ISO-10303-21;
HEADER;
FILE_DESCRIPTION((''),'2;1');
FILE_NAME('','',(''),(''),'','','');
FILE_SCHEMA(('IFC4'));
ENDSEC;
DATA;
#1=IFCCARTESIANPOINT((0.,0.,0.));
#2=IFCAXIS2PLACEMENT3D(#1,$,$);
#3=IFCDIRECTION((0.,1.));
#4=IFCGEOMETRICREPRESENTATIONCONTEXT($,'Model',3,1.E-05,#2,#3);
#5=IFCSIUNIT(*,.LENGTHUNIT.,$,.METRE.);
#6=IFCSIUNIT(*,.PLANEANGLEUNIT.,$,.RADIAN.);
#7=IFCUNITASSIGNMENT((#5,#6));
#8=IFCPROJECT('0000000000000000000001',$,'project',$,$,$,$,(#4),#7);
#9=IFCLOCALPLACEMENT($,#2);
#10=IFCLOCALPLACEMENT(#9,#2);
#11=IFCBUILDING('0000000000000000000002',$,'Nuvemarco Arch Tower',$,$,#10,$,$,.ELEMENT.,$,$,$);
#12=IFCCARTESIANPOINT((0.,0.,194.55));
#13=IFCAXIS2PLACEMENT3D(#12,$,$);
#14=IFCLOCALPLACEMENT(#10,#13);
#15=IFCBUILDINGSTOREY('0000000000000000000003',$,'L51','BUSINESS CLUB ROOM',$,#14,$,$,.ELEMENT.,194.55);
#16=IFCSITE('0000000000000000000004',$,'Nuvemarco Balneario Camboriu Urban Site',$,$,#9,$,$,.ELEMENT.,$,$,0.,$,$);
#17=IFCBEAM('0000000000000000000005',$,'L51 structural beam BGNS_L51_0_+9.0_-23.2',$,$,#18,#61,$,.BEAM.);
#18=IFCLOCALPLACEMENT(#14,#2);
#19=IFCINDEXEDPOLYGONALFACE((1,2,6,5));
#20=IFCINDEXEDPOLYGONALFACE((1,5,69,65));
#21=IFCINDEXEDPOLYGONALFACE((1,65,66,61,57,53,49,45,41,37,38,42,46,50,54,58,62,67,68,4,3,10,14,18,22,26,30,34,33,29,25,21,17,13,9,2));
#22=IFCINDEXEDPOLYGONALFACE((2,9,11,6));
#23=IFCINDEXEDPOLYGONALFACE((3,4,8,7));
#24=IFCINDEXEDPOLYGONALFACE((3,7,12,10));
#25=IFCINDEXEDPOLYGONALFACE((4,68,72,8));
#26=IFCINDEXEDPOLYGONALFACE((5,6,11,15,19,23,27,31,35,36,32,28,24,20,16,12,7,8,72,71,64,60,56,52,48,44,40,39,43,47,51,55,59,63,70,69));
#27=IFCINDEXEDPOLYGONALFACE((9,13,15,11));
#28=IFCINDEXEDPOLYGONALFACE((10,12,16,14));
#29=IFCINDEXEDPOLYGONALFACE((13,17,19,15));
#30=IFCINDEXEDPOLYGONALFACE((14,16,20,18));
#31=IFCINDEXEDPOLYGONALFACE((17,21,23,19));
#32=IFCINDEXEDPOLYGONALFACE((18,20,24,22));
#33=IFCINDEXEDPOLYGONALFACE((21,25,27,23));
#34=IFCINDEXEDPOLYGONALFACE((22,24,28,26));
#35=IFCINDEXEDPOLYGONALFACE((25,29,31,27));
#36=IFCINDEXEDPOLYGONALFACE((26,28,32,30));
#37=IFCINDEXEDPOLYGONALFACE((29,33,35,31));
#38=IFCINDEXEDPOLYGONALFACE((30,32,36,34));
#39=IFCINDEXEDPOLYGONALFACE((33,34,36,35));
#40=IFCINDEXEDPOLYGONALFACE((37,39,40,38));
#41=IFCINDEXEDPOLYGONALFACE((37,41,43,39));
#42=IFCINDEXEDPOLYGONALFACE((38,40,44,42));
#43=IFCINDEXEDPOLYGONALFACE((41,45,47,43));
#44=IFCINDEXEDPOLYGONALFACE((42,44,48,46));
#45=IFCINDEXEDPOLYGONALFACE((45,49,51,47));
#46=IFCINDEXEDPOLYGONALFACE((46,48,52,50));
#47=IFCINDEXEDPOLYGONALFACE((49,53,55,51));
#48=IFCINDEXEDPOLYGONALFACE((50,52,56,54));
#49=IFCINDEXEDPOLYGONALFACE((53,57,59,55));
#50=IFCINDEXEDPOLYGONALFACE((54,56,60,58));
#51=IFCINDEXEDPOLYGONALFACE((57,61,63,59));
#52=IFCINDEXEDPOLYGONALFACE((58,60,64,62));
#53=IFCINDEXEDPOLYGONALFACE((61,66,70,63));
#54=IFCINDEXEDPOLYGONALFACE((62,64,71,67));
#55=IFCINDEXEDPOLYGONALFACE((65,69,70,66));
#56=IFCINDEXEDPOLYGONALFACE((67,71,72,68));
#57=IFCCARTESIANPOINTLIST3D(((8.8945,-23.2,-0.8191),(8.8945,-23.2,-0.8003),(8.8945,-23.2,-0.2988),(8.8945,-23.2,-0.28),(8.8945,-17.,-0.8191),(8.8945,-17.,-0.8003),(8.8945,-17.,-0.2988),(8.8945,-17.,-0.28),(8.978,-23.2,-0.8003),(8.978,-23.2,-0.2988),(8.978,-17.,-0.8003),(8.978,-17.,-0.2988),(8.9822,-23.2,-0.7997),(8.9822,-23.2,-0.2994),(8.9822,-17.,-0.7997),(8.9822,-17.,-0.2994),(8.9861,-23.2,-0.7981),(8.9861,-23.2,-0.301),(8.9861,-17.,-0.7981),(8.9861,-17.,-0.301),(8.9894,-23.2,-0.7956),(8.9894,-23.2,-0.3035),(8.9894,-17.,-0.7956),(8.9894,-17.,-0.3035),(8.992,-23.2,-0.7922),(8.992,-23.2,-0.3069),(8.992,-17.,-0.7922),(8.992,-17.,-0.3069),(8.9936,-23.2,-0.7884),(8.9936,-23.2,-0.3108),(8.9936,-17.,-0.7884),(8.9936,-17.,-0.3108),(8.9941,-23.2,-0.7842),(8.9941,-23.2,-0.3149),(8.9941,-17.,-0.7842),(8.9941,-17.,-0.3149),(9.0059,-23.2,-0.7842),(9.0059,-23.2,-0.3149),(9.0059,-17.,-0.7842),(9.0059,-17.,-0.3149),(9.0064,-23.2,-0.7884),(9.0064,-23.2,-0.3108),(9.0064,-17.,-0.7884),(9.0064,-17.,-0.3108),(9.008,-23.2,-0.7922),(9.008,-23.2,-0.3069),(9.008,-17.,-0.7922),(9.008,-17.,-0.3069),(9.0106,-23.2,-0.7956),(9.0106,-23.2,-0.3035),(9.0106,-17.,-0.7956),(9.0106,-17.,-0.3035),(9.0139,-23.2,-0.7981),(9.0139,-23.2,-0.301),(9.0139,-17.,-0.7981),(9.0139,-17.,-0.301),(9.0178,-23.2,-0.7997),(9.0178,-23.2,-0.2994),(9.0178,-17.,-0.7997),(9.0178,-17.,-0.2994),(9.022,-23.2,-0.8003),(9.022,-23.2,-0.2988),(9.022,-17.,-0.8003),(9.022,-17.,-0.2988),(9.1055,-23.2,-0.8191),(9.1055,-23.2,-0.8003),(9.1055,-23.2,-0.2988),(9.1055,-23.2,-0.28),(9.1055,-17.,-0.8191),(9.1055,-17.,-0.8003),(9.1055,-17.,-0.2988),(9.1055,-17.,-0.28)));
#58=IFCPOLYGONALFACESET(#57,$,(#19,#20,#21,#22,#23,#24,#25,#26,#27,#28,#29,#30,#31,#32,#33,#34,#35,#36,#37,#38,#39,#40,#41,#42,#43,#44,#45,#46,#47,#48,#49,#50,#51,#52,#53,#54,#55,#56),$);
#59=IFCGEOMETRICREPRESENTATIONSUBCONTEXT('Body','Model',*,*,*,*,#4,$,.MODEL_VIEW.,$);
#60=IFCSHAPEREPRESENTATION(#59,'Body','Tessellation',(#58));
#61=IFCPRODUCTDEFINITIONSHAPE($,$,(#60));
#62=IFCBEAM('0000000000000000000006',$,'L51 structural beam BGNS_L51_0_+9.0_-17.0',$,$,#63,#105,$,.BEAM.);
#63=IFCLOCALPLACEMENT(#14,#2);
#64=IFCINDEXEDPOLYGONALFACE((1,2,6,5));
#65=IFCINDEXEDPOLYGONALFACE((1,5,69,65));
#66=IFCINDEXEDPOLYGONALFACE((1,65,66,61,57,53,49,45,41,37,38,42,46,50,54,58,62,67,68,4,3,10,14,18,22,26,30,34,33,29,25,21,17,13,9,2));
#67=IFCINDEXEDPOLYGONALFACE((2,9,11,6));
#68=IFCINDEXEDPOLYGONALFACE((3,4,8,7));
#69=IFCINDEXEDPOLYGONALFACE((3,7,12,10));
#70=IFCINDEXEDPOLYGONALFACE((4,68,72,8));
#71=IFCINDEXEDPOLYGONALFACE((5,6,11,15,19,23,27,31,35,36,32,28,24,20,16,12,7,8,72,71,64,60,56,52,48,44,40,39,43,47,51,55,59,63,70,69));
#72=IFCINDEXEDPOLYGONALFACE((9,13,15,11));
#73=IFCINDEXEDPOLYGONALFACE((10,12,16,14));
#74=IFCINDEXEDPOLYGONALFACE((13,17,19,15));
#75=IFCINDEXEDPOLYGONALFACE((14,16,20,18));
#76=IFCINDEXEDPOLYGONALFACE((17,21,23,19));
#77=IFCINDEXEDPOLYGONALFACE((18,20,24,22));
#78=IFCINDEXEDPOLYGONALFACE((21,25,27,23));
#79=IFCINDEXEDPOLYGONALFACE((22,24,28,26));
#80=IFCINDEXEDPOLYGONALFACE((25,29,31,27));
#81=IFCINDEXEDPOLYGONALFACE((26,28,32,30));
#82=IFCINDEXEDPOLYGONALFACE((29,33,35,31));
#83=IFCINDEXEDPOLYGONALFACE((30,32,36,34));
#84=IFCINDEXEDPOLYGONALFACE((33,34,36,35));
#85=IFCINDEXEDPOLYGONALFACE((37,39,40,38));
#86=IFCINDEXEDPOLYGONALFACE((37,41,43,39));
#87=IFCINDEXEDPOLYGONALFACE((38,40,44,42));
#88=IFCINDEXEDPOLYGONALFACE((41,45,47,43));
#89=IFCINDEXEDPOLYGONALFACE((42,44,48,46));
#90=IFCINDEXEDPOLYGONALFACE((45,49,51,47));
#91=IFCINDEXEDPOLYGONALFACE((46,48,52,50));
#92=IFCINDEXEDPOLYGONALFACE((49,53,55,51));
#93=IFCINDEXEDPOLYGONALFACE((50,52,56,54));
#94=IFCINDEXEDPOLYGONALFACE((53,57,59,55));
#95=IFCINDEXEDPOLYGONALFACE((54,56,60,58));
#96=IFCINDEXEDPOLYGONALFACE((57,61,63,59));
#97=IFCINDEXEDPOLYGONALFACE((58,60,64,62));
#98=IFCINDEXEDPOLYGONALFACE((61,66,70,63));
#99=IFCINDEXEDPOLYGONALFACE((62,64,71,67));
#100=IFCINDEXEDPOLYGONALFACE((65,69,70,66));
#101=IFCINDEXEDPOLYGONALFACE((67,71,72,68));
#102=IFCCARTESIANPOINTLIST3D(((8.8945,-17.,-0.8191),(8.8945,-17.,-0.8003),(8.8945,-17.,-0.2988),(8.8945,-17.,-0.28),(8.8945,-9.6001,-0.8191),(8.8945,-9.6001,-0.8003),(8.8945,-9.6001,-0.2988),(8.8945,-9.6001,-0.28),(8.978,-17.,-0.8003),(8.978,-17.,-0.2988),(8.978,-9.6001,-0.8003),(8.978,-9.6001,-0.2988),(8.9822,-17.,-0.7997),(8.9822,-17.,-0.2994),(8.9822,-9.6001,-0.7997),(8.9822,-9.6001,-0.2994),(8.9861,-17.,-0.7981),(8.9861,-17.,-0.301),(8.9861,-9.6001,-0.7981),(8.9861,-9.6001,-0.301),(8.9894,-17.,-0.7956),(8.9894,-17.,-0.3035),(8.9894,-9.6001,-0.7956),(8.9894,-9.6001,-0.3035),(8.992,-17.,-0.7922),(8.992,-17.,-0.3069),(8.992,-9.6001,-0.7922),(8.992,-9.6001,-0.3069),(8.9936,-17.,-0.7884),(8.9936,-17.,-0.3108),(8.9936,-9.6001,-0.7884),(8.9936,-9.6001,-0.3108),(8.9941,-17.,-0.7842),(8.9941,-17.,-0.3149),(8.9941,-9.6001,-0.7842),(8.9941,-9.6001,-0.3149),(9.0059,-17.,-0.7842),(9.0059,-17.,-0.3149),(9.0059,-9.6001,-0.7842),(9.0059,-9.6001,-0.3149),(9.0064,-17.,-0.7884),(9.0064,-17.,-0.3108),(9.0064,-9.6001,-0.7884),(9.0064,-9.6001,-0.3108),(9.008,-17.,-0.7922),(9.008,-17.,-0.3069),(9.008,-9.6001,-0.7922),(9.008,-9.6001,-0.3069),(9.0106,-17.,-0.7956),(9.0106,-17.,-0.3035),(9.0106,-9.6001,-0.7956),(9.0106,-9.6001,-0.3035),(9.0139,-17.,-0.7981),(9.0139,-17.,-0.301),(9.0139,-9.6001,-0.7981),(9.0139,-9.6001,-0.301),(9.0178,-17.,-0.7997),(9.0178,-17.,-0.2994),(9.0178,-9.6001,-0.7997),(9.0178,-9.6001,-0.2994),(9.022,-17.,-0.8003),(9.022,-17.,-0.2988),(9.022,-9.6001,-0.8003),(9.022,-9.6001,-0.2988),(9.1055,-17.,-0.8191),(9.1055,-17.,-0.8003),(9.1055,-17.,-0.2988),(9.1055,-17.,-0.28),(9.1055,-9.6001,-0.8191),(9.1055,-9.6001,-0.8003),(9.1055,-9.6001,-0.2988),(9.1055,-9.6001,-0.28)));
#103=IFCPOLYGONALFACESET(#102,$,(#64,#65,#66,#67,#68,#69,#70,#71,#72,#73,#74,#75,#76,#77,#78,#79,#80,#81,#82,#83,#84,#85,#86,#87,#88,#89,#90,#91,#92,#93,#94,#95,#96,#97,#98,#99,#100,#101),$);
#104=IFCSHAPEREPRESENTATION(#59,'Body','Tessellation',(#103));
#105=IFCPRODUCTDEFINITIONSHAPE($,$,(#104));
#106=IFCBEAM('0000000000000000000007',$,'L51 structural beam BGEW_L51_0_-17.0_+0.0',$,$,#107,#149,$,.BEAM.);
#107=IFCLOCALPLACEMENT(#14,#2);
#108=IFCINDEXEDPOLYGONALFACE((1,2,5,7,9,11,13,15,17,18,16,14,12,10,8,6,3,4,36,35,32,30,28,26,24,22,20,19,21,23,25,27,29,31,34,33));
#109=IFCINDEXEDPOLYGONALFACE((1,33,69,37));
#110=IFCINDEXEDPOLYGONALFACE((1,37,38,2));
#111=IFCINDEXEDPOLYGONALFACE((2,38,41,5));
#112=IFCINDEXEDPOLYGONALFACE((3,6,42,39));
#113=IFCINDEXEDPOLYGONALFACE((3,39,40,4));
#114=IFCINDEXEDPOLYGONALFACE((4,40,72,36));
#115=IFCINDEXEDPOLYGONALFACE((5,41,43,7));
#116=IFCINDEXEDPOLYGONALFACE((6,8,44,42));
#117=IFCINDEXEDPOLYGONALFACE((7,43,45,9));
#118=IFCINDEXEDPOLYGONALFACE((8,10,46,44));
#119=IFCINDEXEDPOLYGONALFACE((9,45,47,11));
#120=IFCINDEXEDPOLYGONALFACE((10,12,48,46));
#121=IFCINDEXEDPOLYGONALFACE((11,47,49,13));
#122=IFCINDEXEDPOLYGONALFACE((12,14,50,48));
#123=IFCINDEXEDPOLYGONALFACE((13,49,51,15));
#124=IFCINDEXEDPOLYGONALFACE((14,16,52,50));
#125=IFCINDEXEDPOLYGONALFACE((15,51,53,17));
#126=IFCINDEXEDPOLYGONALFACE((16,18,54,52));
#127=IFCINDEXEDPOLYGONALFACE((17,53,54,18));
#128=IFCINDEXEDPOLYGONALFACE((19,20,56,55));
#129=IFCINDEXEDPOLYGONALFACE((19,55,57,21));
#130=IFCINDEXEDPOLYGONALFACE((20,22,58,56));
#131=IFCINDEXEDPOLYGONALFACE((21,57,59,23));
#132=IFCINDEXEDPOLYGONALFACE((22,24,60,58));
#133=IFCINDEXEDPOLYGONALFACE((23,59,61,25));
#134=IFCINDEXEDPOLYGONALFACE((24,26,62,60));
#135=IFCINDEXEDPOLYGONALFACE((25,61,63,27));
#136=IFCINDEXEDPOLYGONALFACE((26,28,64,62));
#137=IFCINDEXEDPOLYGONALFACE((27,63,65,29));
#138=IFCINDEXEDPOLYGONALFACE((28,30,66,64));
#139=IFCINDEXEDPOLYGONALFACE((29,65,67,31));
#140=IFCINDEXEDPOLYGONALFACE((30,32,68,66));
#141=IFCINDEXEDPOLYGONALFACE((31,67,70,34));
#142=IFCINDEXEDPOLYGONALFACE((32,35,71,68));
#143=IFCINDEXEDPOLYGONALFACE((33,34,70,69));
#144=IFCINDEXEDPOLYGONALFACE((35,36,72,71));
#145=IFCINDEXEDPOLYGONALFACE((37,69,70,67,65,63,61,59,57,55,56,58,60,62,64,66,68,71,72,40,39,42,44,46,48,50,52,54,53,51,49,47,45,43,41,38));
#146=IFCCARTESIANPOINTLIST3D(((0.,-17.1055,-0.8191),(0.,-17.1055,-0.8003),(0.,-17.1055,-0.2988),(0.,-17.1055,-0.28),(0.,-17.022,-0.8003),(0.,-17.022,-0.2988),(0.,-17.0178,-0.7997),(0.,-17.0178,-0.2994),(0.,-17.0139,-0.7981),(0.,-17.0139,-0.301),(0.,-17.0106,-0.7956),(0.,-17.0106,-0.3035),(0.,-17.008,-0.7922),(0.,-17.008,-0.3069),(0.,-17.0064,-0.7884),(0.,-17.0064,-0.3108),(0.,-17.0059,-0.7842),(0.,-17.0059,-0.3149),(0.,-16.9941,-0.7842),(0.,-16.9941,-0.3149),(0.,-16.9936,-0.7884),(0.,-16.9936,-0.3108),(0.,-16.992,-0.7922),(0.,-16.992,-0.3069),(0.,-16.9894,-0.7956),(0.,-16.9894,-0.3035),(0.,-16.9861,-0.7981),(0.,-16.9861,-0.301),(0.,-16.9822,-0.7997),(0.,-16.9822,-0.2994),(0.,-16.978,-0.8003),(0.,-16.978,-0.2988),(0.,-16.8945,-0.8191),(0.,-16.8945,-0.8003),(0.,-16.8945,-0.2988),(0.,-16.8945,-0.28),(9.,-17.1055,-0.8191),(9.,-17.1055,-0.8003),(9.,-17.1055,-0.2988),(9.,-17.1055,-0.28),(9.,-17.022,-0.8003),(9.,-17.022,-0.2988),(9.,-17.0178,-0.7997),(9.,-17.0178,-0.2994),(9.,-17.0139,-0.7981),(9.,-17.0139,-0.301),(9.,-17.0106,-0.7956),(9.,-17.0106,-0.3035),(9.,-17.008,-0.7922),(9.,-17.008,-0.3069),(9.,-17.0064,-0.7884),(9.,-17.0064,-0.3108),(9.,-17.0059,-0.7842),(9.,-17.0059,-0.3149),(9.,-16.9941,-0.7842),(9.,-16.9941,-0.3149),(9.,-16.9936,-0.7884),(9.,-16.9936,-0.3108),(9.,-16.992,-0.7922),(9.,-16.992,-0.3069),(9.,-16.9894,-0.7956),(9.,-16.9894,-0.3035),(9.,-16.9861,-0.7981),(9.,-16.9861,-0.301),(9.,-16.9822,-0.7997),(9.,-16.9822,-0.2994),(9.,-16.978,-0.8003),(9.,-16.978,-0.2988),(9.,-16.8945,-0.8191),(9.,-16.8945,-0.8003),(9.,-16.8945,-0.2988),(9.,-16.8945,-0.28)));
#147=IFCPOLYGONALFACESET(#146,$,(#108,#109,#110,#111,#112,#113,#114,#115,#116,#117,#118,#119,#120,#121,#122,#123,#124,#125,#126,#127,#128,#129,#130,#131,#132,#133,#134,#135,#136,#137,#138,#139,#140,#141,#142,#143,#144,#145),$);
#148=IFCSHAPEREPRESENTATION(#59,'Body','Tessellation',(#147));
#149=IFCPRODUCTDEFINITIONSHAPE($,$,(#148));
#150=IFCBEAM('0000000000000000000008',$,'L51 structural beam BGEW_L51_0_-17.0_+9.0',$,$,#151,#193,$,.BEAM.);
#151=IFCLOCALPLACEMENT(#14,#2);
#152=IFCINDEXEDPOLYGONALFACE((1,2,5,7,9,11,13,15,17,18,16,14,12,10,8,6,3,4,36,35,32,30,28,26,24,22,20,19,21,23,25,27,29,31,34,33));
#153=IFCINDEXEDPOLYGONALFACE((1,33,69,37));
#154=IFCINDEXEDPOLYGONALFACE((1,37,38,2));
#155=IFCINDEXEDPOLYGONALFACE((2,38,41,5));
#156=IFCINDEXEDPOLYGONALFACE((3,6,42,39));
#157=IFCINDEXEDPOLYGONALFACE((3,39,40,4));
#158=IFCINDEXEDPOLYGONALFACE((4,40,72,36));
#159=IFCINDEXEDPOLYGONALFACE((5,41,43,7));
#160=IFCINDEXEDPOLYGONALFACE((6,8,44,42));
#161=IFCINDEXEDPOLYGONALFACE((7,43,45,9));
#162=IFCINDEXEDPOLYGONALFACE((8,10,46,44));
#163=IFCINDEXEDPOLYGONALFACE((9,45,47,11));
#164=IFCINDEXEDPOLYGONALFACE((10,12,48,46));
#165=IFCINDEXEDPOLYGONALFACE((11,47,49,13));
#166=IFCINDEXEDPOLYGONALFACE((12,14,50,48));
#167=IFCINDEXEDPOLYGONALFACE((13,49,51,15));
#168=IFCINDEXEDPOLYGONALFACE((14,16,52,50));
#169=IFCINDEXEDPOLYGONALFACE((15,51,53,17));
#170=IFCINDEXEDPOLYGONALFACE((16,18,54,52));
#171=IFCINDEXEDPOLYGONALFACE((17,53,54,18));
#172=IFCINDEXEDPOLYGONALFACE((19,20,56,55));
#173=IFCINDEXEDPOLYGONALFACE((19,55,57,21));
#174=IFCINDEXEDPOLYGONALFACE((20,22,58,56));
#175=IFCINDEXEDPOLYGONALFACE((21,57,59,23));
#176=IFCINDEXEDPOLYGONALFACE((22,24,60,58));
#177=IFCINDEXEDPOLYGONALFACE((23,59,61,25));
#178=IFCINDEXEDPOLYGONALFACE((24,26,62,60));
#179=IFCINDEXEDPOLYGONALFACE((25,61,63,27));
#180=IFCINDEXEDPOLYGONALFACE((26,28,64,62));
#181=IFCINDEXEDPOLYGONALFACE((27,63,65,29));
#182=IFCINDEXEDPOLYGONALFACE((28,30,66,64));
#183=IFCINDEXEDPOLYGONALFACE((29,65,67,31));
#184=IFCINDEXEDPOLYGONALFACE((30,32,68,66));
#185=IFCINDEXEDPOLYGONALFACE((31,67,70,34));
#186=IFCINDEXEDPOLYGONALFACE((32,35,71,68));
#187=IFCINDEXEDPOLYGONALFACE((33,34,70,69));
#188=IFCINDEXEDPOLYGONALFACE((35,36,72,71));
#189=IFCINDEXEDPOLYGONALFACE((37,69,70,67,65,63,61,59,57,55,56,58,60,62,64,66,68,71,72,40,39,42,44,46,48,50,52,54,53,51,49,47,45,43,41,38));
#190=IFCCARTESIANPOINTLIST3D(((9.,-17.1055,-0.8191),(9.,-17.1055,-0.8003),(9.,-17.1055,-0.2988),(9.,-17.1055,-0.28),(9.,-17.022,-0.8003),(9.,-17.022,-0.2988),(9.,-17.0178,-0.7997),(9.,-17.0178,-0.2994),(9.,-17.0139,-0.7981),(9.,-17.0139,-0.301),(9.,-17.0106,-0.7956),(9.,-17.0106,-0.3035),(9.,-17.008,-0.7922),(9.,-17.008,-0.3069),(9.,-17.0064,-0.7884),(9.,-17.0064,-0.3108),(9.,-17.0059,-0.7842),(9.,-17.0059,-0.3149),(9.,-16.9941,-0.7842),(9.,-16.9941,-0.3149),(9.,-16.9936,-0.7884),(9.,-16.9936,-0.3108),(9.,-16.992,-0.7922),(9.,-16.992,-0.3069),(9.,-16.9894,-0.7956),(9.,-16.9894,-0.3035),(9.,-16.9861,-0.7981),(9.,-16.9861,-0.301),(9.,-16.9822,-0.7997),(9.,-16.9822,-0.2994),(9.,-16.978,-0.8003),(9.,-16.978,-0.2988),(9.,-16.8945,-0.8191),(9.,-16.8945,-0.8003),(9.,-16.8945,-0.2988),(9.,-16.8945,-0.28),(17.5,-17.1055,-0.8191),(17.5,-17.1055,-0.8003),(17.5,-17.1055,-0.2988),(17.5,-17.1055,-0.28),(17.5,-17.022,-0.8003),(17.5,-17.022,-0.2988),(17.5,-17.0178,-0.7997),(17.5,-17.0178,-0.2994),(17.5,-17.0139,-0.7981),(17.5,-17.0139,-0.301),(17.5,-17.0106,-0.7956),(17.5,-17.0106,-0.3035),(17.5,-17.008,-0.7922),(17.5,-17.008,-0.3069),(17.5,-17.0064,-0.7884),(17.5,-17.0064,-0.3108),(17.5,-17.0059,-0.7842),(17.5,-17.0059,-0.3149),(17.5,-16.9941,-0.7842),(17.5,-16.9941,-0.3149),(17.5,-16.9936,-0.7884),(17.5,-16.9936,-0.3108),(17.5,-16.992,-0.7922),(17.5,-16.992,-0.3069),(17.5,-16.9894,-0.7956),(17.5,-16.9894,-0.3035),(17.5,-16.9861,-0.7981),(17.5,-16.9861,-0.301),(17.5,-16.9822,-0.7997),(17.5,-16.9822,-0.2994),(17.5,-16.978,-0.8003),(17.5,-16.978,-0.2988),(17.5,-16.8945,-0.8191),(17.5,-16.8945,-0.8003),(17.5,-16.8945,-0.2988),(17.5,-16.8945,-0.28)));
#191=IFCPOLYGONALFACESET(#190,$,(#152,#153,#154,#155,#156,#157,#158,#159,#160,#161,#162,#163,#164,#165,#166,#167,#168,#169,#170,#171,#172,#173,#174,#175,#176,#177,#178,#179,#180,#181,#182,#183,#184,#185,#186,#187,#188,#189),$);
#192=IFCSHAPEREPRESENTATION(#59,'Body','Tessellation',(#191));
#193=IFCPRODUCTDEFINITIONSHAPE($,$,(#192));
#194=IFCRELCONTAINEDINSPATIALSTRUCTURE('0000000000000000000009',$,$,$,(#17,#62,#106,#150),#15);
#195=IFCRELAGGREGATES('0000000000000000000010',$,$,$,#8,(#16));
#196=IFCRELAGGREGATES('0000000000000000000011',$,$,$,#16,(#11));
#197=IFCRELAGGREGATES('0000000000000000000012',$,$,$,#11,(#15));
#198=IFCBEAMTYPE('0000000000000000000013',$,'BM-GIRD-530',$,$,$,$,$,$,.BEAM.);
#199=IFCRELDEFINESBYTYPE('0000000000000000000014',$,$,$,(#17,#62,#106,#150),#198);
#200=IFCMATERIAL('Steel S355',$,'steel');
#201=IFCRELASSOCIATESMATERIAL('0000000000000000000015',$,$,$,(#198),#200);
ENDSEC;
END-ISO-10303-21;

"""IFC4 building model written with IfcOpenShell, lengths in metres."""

from ifc_helpers import new_model, si_unit, direction, frame, origin, origin_2d, place, context, subcontext, project, spatial, i_section, extrude, material, material_profile, profile_set, type_object, element, save


model = new_model("IFC4")

# Units and contexts
model_context = context("Model", 3, precision=1e-05, world=origin(), true_north=direction((0.0, 1.0)))
body_context = subcontext(model_context, "Body", "Model", "MODEL_VIEW")
ifc_project = project(units=[si_unit("LENGTHUNIT", "METRE"), si_unit("PLANEANGLEUNIT", "RADIAN")], contexts=[model_context])

# Site, building, storey
site_placement = place(None, origin())
site = spatial("IfcSite", under=ifc_project, at=site_placement, Name="Nuvemarco Balneario Camboriu Urban Site", CompositionType="ELEMENT", RefElevation=0.0)
building_placement = place(site_placement, origin())
building = spatial("IfcBuilding", under=site, at=building_placement, Name="Nuvemarco Arch Tower", CompositionType="ELEMENT")
storey_placement = place(building_placement, frame((0.0, 0.0, 194.55)))
storey = spatial("IfcBuildingStorey", under=building, at=storey_placement, Name="L51", Description="BUSINESS CLUB ROOM", CompositionType="ELEMENT", Elevation=194.55)

# Shared definitions
ifc_material_1 = material(Name="Steel S355", Category="steel")

# Beams
ifc_material_profile_1 = material_profile(ifc_material_1, i_section(OverallWidth=0.2109, OverallDepth=0.5391, WebThickness=0.0117, FlangeThickness=0.0188, FilletRadius=0.0161, at=origin_2d()), Name="W530x109")
ifc_profile_set_1 = profile_set([ifc_material_profile_1], Name="Steel S355")
beam_type_1 = type_object("IfcBeamType", Name="BM-GIRD-530", PredefinedType="BEAM", material=ifc_profile_set_1)
beam_1_placement = place(storey_placement, frame((9.0, -23.2, -0.5496), z_axis=(0.0, 1.0, 0.0), x_axis=(-1.0, 0.0, 0.0)))
element("IfcBeam", 1, at=beam_1_placement, inside=storey, type_object=beam_type_1, Name="L51 structural beam BGNS_L51_0_+9.0_-23.2", PredefinedType="BEAM", context=body_context, shape_type="SweptSolid", body=[
    extrude(i_section(OverallWidth=0.2109, OverallDepth=0.5391, WebThickness=0.0117, FlangeThickness=0.0188, FilletRadius=0.0161, at=origin_2d()), origin(), (0.0, 0.0, 1.0), 6.2),
])
beam_2_placement = place(storey_placement, frame((9.0, -17.0, -0.5496), z_axis=(0.0, 1.0, 0.0), x_axis=(-1.0, 0.0, 0.0)))
element("IfcBeam", 2, at=beam_2_placement, inside=storey, type_object=beam_type_1, Name="L51 structural beam BGNS_L51_0_+9.0_-17.0", PredefinedType="BEAM", context=body_context, shape_type="SweptSolid", body=[
    extrude(i_section(OverallWidth=0.2109, OverallDepth=0.5391, WebThickness=0.0117, FlangeThickness=0.0188, FilletRadius=0.0161, at=origin_2d()), origin(), (0.0, 0.0, 1.0), 7.3999),
])
beam_3_placement = place(storey_placement, frame((0.0, -17.0, -0.5496), z_axis=(1.0, 0.0, 0.0), x_axis=(0.0, 1.0, 0.0)))
element("IfcBeam", 3, at=beam_3_placement, inside=storey, type_object=beam_type_1, Name="L51 structural beam BGEW_L51_0_-17.0_+0.0", PredefinedType="BEAM", context=body_context, shape_type="SweptSolid", body=[
    extrude(i_section(OverallWidth=0.2109, OverallDepth=0.5391, WebThickness=0.0117, FlangeThickness=0.0188, FilletRadius=0.0161, at=origin_2d()), origin(), (0.0, 0.0, 1.0), 9.0),
])
beam_4_placement = place(storey_placement, frame((9.0, -17.0, -0.5496), z_axis=(1.0, 0.0, 0.0), x_axis=(0.0, 1.0, 0.0)))
element("IfcBeam", 4, at=beam_4_placement, inside=storey, type_object=beam_type_1, Name="L51 structural beam BGEW_L51_0_-17.0_+9.0", PredefinedType="BEAM", context=body_context, shape_type="SweptSolid", body=[
    extrude(i_section(OverallWidth=0.2109, OverallDepth=0.5391, WebThickness=0.0117, FlangeThickness=0.0188, FilletRadius=0.0161, at=origin_2d()), origin(), (0.0, 0.0, 1.0), 8.5),
])

save(model, "model.ifc")
